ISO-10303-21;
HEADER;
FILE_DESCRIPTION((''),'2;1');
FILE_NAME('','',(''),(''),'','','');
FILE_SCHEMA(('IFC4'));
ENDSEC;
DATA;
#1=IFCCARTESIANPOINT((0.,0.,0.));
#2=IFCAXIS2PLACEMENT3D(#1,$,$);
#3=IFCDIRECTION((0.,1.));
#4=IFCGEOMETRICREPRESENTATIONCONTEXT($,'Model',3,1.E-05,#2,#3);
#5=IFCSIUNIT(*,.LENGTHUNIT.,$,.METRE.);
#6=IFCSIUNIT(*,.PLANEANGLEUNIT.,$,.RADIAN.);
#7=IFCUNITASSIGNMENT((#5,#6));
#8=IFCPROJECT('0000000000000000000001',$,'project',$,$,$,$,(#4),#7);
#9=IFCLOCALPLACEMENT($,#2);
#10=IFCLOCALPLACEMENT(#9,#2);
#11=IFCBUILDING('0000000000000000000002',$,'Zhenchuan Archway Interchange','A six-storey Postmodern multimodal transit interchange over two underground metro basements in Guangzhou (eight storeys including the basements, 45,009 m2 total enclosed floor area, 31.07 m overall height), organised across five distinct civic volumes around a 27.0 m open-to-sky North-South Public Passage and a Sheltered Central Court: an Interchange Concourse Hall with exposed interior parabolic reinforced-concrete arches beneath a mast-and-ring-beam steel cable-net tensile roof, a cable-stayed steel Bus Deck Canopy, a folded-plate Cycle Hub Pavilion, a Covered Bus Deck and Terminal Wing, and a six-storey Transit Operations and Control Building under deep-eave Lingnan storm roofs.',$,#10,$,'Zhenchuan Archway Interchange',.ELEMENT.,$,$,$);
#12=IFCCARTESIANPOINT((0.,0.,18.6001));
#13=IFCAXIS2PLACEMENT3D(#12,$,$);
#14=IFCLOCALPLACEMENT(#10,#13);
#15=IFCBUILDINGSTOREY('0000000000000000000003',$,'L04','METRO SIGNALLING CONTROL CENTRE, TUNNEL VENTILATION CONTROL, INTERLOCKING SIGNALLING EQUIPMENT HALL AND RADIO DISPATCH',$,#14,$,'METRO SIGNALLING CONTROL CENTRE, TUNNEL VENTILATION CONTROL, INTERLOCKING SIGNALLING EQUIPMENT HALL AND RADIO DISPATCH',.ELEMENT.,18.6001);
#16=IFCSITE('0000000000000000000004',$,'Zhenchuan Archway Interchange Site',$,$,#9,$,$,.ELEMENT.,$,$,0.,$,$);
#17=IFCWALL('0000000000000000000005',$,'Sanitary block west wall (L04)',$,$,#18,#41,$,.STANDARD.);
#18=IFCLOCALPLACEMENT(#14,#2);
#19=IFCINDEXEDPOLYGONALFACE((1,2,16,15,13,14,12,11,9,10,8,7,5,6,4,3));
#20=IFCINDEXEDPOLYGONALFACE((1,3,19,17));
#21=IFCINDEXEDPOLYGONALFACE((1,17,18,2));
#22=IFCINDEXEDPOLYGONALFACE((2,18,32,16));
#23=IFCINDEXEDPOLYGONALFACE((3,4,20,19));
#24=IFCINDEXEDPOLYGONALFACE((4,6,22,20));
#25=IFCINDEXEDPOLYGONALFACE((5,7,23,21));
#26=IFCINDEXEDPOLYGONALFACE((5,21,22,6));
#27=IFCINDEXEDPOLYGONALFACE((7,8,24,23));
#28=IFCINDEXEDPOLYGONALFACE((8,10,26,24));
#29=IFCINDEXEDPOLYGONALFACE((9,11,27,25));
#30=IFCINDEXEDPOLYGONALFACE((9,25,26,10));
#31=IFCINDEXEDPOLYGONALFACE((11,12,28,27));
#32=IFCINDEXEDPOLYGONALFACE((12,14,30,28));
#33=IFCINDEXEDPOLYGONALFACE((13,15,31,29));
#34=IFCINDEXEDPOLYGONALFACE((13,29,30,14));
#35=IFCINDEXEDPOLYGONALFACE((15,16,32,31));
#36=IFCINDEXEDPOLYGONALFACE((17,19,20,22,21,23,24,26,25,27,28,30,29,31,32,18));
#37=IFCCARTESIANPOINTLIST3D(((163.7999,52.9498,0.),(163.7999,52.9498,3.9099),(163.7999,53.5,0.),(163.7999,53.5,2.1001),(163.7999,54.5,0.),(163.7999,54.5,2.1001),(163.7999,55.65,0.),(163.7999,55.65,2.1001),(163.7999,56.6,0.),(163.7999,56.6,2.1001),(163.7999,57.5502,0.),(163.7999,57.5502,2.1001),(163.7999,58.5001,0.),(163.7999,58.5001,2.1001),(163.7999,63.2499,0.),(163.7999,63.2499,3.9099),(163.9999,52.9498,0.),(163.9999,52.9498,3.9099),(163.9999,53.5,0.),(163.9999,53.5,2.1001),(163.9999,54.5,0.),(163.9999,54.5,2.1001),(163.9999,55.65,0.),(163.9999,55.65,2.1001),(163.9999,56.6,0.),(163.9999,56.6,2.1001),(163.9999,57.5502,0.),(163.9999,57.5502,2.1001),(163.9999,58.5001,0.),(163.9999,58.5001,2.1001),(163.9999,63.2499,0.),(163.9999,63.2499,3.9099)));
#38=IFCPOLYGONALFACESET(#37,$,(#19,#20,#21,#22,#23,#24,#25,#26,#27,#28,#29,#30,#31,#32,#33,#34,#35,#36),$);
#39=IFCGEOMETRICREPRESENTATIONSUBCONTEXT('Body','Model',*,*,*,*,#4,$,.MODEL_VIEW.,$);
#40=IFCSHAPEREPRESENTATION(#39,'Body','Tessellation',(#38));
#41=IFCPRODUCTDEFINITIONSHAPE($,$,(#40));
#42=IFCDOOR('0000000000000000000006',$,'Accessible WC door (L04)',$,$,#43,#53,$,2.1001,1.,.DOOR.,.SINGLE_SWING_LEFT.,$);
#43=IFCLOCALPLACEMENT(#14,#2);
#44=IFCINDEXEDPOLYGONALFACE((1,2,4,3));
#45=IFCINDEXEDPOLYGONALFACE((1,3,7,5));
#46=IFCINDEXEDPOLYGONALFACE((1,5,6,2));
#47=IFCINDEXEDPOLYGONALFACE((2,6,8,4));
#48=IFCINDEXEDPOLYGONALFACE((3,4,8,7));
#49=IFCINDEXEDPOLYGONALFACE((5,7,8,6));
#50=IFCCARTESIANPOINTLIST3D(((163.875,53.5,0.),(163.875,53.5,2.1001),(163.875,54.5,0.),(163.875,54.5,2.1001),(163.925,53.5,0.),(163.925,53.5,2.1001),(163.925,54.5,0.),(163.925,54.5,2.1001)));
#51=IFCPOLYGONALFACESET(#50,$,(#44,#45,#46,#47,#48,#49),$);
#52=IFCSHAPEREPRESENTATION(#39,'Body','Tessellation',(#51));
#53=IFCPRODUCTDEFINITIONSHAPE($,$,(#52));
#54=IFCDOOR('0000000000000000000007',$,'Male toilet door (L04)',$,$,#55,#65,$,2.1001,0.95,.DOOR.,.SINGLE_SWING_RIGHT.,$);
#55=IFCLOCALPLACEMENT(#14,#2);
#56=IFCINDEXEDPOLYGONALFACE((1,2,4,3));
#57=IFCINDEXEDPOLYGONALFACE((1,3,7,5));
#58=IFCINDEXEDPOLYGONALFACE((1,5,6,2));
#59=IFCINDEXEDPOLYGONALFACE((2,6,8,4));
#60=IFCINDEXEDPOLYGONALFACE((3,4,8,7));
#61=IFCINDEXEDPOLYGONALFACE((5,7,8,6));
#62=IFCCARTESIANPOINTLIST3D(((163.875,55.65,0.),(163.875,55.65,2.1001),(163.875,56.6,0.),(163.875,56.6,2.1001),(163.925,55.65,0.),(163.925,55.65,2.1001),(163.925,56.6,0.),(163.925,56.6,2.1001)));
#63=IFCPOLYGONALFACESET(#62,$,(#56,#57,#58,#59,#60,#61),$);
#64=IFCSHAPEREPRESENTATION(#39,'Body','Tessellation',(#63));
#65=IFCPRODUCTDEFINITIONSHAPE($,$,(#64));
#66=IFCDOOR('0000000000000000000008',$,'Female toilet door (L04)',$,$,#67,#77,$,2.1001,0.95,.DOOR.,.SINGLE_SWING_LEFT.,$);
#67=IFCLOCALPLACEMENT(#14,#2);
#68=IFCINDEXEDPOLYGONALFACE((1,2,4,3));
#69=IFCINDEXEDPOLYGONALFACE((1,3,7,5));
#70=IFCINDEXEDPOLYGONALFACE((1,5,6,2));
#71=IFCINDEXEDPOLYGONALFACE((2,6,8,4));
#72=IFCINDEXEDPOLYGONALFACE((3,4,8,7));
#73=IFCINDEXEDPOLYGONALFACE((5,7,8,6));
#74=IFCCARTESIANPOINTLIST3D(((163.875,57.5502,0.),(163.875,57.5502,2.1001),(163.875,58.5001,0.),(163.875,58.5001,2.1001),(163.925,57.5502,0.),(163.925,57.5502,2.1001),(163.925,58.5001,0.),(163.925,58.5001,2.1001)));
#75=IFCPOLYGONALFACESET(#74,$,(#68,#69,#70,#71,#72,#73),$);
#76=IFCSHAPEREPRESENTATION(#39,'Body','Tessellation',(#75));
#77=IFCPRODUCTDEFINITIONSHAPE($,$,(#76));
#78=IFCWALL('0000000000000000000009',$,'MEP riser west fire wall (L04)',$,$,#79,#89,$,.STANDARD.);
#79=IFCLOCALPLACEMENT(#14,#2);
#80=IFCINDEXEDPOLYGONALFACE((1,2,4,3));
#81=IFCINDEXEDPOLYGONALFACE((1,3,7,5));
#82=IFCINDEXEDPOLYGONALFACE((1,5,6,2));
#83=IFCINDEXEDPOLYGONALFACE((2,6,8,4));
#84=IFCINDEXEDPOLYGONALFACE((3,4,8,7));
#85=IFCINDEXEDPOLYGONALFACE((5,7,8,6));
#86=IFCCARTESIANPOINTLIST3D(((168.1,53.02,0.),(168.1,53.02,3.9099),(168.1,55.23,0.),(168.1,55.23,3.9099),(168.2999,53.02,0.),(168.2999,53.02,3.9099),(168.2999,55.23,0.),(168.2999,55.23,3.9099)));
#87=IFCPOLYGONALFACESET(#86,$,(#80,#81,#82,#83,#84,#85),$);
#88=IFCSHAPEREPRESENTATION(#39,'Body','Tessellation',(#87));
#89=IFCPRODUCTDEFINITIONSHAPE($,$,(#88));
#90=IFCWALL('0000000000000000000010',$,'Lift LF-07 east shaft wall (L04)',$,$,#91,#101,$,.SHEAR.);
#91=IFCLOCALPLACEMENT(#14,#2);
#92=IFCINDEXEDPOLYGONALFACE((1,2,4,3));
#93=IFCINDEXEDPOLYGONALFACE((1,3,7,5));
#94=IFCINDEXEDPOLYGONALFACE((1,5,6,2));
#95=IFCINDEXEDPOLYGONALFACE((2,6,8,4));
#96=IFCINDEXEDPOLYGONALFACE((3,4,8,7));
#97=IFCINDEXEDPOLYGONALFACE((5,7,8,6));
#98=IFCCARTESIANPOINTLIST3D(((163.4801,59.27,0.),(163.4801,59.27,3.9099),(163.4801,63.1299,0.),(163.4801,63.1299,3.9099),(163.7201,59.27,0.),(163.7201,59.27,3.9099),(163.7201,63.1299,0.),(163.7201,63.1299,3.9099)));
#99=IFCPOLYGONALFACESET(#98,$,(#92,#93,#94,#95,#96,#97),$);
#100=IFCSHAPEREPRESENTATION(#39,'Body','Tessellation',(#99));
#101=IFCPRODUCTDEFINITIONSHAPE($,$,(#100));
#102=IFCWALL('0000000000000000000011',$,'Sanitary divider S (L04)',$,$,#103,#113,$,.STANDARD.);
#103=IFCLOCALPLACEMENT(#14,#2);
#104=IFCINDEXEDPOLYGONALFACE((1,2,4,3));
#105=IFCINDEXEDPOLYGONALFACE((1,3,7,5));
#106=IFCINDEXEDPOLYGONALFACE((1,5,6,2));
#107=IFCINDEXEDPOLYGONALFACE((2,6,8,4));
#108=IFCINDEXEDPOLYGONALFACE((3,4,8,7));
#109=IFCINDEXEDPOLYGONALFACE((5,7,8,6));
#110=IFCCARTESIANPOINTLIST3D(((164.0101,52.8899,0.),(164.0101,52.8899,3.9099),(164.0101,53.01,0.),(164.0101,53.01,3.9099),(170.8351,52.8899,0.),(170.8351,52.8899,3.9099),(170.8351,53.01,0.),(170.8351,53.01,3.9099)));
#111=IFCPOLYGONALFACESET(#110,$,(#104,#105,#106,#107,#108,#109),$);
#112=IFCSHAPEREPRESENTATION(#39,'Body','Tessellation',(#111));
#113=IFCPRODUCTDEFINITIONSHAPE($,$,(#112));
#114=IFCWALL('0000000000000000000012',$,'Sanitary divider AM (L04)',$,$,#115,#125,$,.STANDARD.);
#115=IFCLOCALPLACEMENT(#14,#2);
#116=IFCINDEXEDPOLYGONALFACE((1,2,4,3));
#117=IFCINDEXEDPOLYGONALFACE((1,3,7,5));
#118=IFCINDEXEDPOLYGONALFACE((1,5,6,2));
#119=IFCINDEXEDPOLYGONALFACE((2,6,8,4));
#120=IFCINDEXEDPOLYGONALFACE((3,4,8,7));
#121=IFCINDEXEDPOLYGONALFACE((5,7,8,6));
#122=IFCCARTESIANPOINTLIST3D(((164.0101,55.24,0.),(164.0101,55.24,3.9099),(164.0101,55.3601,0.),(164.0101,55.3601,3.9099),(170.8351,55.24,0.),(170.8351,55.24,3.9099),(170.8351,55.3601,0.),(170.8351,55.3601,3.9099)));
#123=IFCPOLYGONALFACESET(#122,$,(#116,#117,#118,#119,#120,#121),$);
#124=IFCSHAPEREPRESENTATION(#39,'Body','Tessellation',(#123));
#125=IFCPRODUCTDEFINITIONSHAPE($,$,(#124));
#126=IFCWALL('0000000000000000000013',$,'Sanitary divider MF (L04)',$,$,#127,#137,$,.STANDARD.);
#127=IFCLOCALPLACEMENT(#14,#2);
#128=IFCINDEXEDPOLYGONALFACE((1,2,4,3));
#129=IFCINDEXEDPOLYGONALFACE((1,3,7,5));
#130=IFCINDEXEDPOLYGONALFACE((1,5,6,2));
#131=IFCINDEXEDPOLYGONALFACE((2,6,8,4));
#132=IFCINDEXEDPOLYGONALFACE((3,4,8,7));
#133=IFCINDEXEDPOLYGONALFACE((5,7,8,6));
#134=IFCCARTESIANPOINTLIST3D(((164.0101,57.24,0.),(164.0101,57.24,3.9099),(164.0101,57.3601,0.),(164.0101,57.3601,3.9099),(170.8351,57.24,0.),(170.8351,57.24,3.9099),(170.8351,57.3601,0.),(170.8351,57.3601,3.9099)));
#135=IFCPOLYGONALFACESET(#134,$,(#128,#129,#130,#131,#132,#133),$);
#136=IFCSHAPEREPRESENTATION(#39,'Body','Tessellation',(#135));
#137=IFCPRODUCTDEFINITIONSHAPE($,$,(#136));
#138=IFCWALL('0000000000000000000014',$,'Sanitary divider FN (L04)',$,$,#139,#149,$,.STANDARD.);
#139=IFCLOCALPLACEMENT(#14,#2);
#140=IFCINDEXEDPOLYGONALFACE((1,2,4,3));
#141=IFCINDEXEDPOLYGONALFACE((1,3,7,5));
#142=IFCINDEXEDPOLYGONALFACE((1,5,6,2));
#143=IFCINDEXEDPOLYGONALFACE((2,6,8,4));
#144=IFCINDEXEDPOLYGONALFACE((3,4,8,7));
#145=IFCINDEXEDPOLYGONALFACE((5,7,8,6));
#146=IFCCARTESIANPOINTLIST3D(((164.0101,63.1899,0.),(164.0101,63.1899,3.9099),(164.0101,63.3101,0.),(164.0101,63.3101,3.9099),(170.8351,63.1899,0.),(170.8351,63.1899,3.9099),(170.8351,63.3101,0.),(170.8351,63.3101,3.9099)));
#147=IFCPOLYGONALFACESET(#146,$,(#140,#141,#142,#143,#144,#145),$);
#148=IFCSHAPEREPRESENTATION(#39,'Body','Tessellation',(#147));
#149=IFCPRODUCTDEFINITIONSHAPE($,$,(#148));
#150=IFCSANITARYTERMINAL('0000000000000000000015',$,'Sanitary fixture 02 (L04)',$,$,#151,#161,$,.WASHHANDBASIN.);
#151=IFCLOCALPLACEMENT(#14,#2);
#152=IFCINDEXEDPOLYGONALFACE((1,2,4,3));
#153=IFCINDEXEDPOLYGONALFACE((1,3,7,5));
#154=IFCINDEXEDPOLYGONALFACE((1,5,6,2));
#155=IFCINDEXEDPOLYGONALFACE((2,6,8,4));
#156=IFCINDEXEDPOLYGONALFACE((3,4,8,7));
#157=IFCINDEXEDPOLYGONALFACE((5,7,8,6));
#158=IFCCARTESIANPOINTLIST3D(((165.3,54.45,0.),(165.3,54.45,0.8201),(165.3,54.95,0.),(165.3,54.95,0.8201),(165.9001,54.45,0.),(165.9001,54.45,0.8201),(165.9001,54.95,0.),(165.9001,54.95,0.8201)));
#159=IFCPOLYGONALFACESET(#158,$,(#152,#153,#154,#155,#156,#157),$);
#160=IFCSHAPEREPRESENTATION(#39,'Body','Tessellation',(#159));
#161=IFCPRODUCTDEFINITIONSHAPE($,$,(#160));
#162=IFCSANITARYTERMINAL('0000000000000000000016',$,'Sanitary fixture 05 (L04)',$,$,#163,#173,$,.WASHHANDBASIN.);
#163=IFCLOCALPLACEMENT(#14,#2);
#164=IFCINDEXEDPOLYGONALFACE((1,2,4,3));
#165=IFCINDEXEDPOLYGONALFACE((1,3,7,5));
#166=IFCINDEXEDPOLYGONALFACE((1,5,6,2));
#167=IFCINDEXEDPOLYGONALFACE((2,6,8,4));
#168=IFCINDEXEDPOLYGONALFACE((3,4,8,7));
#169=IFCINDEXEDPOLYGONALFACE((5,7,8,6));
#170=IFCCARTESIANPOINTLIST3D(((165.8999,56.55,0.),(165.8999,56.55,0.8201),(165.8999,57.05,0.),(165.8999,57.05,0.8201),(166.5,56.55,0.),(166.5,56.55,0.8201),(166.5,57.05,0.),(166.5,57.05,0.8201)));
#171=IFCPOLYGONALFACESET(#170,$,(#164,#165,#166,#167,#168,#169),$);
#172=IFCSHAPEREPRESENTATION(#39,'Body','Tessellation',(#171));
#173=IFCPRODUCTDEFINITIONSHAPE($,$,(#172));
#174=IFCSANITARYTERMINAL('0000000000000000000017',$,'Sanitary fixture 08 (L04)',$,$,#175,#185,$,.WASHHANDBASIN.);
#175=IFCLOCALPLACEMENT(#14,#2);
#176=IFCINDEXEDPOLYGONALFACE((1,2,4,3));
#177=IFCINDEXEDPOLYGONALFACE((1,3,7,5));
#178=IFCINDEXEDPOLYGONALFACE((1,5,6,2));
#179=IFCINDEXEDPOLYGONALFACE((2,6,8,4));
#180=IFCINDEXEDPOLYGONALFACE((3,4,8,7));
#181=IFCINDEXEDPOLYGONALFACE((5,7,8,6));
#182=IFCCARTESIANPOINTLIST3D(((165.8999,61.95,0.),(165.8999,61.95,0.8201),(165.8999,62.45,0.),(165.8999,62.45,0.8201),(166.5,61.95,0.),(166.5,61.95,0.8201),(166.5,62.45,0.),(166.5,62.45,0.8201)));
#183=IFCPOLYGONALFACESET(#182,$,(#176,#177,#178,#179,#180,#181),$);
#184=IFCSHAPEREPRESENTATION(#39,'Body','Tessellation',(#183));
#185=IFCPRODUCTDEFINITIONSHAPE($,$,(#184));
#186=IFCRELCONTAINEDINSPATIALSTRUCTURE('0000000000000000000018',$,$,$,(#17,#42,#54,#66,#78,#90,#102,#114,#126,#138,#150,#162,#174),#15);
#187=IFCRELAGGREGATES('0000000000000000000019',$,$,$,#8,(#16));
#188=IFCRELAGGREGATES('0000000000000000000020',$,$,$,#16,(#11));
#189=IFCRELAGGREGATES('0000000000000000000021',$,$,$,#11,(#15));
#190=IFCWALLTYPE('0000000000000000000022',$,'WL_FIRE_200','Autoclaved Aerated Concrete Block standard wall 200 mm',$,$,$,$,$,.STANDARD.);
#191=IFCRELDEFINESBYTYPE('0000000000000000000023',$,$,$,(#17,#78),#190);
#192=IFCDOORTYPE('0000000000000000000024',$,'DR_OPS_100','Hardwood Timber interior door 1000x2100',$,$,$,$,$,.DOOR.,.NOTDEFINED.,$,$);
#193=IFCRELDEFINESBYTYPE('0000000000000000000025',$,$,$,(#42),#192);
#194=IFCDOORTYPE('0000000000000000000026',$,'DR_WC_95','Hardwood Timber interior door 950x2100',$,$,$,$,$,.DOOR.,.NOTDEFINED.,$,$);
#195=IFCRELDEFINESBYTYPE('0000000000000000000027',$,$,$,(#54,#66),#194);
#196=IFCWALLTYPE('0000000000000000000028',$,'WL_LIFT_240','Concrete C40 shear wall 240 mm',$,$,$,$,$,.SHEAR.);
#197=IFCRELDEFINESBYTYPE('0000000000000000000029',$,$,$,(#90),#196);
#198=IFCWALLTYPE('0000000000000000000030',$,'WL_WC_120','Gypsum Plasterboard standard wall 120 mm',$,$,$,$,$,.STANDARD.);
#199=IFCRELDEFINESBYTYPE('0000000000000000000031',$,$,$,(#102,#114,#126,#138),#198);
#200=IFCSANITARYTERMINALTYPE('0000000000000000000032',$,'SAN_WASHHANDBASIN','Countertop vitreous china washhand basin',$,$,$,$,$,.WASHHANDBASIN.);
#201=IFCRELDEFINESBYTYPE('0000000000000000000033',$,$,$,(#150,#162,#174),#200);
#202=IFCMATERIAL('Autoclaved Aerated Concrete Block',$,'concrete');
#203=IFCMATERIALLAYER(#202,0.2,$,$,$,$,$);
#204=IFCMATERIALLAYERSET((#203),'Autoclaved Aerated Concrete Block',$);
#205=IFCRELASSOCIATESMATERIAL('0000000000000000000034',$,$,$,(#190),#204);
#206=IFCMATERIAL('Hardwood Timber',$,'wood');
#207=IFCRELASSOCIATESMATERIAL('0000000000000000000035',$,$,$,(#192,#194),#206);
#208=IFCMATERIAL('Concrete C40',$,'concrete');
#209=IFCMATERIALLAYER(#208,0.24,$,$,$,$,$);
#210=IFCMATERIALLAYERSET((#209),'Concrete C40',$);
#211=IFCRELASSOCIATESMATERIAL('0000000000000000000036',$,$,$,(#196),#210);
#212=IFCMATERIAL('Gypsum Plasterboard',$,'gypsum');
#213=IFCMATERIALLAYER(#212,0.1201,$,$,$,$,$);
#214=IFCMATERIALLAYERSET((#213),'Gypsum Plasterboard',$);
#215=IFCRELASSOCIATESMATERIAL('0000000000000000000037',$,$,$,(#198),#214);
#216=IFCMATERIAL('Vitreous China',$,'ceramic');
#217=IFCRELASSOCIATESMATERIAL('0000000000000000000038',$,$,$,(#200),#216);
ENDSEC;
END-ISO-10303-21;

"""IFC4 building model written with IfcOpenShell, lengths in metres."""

from ifc_helpers import new_model, si_unit, direction, frame, frame_2d, origin, origin_2d, place, context, subcontext, project, spatial, rectangle, extrude, material, layer, layer_set, type_object, element, fill, save


model = new_model("IFC4")

# Units and contexts
model_context = context("Model", 3, precision=1e-05, world=origin(), true_north=direction((0.0, 1.0)))
body_context = subcontext(model_context, "Body", "Model", "MODEL_VIEW")
ifc_project = project(units=[si_unit("LENGTHUNIT", "METRE"), si_unit("PLANEANGLEUNIT", "RADIAN")], contexts=[model_context])

# Site, building, storey
site_placement = place(None, origin())
site = spatial("IfcSite", under=ifc_project, at=site_placement, Name="Zhenchuan Archway Interchange Site", CompositionType="ELEMENT", RefElevation=0.0)
building_placement = place(site_placement, origin())
building = spatial("IfcBuilding", under=site, at=building_placement, Name="Zhenchuan Archway Interchange", Description="A six-storey Postmodern multimodal transit interchange over two underground metro basements in Guangzhou (eight storeys including the basements, 45,009 m2 total enclosed floor area, 31.07 m overall height), organised across five distinct civic volumes around a 27.0 m open-to-sky North-South Public Passage and a Sheltered Central Court: an Interchange Concourse Hall with exposed interior parabolic reinforced-concrete arches beneath a mast-and-ring-beam steel cable-net tensile roof, a cable-stayed steel Bus Deck Canopy, a folded-plate Cycle Hub Pavilion, a Covered Bus Deck and Terminal Wing, and a six-storey Transit Operations and Control Building under deep-eave Lingnan storm roofs.", LongName="Zhenchuan Archway Interchange", CompositionType="ELEMENT")
storey_placement = place(building_placement, frame((0.0, 0.0, 18.6001)))
storey = spatial("IfcBuildingStorey", under=building, at=storey_placement, Name="L04", Description="METRO SIGNALLING CONTROL CENTRE, TUNNEL VENTILATION CONTROL, INTERLOCKING SIGNALLING EQUIPMENT HALL AND RADIO DISPATCH", LongName="METRO SIGNALLING CONTROL CENTRE, TUNNEL VENTILATION CONTROL, INTERLOCKING SIGNALLING EQUIPMENT HALL AND RADIO DISPATCH", CompositionType="ELEMENT", Elevation=18.6001)

# Shared definitions
ifc_material_1 = material(Name="Concrete C40", Category="concrete")

# Wall, openings, doors
ifc_material_2 = material(Name="Autoclaved Aerated Concrete Block", Category="concrete")
ifc_layer_1 = layer(ifc_material_2, 0.2)
ifc_layer_set_1 = layer_set([ifc_layer_1], Name="Autoclaved Aerated Concrete Block")
wall_type_1 = type_object("IfcWallType", Name="WL_FIRE_200", Description="Autoclaved Aerated Concrete Block standard wall 200 mm", PredefinedType="STANDARD", material=ifc_layer_set_1)
wall_1_placement = place(storey_placement, frame((163.8999, 52.95, 0.0), z_axis=(0.0, 0.0, 1.0), x_axis=(0.0, 1.0, 0.0)))
wall_1 = element("IfcWall", 1, at=wall_1_placement, inside=storey, type_object=wall_type_1, Name="Sanitary block west wall (L04)", PredefinedType="STANDARD", context=body_context, shape_type="SweptSolid", body=[
    extrude(rectangle(XDim=10.3, YDim=0.2, at=frame_2d((5.1499, 0.0))), origin(), (0.0, 0.0, 1.0), 3.9099),
])
opening_1_placement = place(wall_1_placement, frame((0.55, 0.0, 0.0)))
opening_1 = element("IfcOpeningElement", 2, at=opening_1_placement, cuts=wall_1, PredefinedType="OPENING", context=body_context, shape_type="SweptSolid", body=[
    extrude(rectangle(XDim=1.0, YDim=2.1001, at=frame_2d((0.5, 1.05))), frame((0.0, 0.1118, 0.0), z_axis=(0.0, -1.0, 0.0), x_axis=(1.0, 0.0, 0.0)), (0.0, 0.0, 1.0), 0.2239),
])
opening_2_placement = place(wall_1_placement, frame((2.7, 0.0, 0.0)))
opening_2 = element("IfcOpeningElement", 3, at=opening_2_placement, cuts=wall_1, PredefinedType="OPENING", context=body_context, shape_type="SweptSolid", body=[
    extrude(rectangle(XDim=0.95, YDim=2.1001, at=frame_2d((0.4751, 1.05))), frame((0.0, 0.1118, 0.0), z_axis=(0.0, -1.0, 0.0), x_axis=(1.0, 0.0, 0.0)), (0.0, 0.0, 1.0), 0.2239),
])
opening_3_placement = place(wall_1_placement, frame((4.6001, 0.0, 0.0)))
opening_3 = element("IfcOpeningElement", 4, at=opening_3_placement, cuts=wall_1, PredefinedType="OPENING", context=body_context, shape_type="SweptSolid", body=[
    extrude(rectangle(XDim=0.95, YDim=2.1001, at=frame_2d((0.4751, 1.05))), frame((0.0, 0.1118, 0.0), z_axis=(0.0, -1.0, 0.0), x_axis=(1.0, 0.0, 0.0)), (0.0, 0.0, 1.0), 0.2239),
])
ifc_material_3 = material(Name="Hardwood Timber", Category="wood")
door_type_1 = type_object("IfcDoorType", Name="DR_OPS_100", Description="Hardwood Timber interior door 1000x2100", OperationType="NOTDEFINED", PredefinedType="DOOR", material=ifc_material_3)
door_1_placement = place(opening_1_placement, origin())
door_1 = element("IfcDoor", 5, at=door_1_placement, inside=storey, type_object=door_type_1, Name="Accessible WC door (L04)", OperationType="SINGLE_SWING_LEFT", OverallHeight=2.1001, OverallWidth=1.0, PredefinedType="DOOR", context=body_context, shape_type="SweptSolid", body=[
    extrude(rectangle(XDim=1.0, YDim=2.1001, at=frame_2d((0.5, 1.05))), frame((0.0, 0.0249, 0.0), z_axis=(0.0, -1.0, 0.0), x_axis=(1.0, 0.0, 0.0)), (0.0, 0.0, 1.0), 0.05),
])
fill(opening_1, door_1)
door_type_2 = type_object("IfcDoorType", Name="DR_WC_95", Description="Hardwood Timber interior door 950x2100", OperationType="NOTDEFINED", PredefinedType="DOOR", material=ifc_material_3)
door_2_placement = place(opening_2_placement, origin())
door_2 = element("IfcDoor", 6, at=door_2_placement, inside=storey, type_object=door_type_2, Name="Male toilet door (L04)", OperationType="SINGLE_SWING_RIGHT", OverallHeight=2.1001, OverallWidth=0.95, PredefinedType="DOOR", context=body_context, shape_type="SweptSolid", body=[
    extrude(rectangle(XDim=0.95, YDim=2.1001, at=frame_2d((0.4751, 1.05))), frame((0.0, 0.0249, 0.0), z_axis=(0.0, -1.0, 0.0), x_axis=(1.0, 0.0, 0.0)), (0.0, 0.0, 1.0), 0.05),
])
fill(opening_2, door_2)
door_3_placement = place(opening_3_placement, origin())
door_3 = element("IfcDoor", 7, at=door_3_placement, inside=storey, type_object=door_type_2, Name="Female toilet door (L04)", OperationType="SINGLE_SWING_LEFT", OverallHeight=2.1001, OverallWidth=0.95, PredefinedType="DOOR", context=body_context, shape_type="SweptSolid", body=[
    extrude(rectangle(XDim=0.95, YDim=2.1001, at=frame_2d((0.4751, 1.05))), frame((0.0, 0.0249, 0.0), z_axis=(0.0, -1.0, 0.0), x_axis=(1.0, 0.0, 0.0)), (0.0, 0.0, 1.0), 0.05),
])
fill(opening_3, door_3)

# Walls
wall_2_placement = place(storey_placement, frame((168.2, 53.02, 0.0), z_axis=(0.0, 0.0, 1.0), x_axis=(0.0, 1.0, 0.0)))
element("IfcWall", 8, at=wall_2_placement, inside=storey, type_object=wall_type_1, Name="MEP riser west fire wall (L04)", PredefinedType="STANDARD", context=body_context, shape_type="SweptSolid", body=[
    extrude(rectangle(XDim=2.21, YDim=0.2, at=frame_2d((1.105, 0.0))), origin(), (0.0, 0.0, 1.0), 3.9099),
])
ifc_layer_2 = layer(ifc_material_1, 0.24)
ifc_layer_set_2 = layer_set([ifc_layer_2], Name="Concrete C40")
wall_type_2 = type_object("IfcWallType", Name="WL_LIFT_240", Description="Concrete C40 shear wall 240 mm", PredefinedType="SHEAR", material=ifc_layer_set_2)
wall_3_placement = place(storey_placement, frame((163.6001, 59.27, 0.0), z_axis=(0.0, 0.0, 1.0), x_axis=(0.0, 1.0, 0.0)))
element("IfcWall", 9, at=wall_3_placement, inside=storey, type_object=wall_type_2, Name="Lift LF-07 east shaft wall (L04)", PredefinedType="SHEAR", context=body_context, shape_type="SweptSolid", body=[
    extrude(rectangle(XDim=3.8599, YDim=0.24, at=frame_2d((1.9299, 0.0))), origin(), (0.0, 0.0, 1.0), 3.9099),
])
ifc_material_4 = material(Name="Gypsum Plasterboard", Category="gypsum")
ifc_layer_3 = layer(ifc_material_4, 0.1201)
ifc_layer_set_3 = layer_set([ifc_layer_3], Name="Gypsum Plasterboard")
wall_type_3 = type_object("IfcWallType", Name="WL_WC_120", Description="Gypsum Plasterboard standard wall 120 mm", PredefinedType="STANDARD", material=ifc_layer_set_3)
for number, where, z_axis, x_axis, name in (
    (10, (164.01, 52.95, 0.0), (0.0, 0.0, 1.0), (1.0, 0.0, 0.0), "Sanitary divider S (L04)"),
    (11, (164.01, 55.3, 0.0), (0.0, 0.0, 1.0), (1.0, 0.0, 0.0), "Sanitary divider AM (L04)"),
    (12, (164.01, 57.3, 0.0), (0.0, 0.0, 1.0), (1.0, 0.0, 0.0), "Sanitary divider MF (L04)"),
    (13, (164.01, 63.25, 0.0), (0.0, 0.0, 1.0), (1.0, 0.0, 0.0), "Sanitary divider FN (L04)"),
):
    element("IfcWall", number, at=place(storey_placement, frame(where, z_axis=z_axis, x_axis=x_axis)), inside=storey, type_object=wall_type_3, Name=name, PredefinedType="STANDARD", context=body_context, shape_type="SweptSolid", body=[
        extrude(rectangle(XDim=6.825, YDim=0.1201, at=frame_2d((3.4126, 0.0))), origin(), (0.0, 0.0, 1.0), 3.9099),
    ])

# Sanitary terminals
ifc_material_5 = material(Name="Vitreous China", Category="ceramic")
sanitary_terminal_type_1 = type_object("IfcSanitaryTerminalType", Name="SAN_WASHHANDBASIN", Description="Countertop vitreous china washhand basin", PredefinedType="WASHHANDBASIN", material=ifc_material_5)
for number, where, z_axis, x_axis, name in (
    (14, (165.6001, 54.7, 0.0), (0.0, 0.0, 1.0), (1.0, 0.0, 0.0), "Sanitary fixture 02 (L04)"),
    (15, (166.2, 56.8, 0.0), (0.0, 0.0, 1.0), (1.0, 0.0, 0.0), "Sanitary fixture 05 (L04)"),
    (16, (166.2, 62.2, 0.0), (0.0, 0.0, 1.0), (1.0, 0.0, 0.0), "Sanitary fixture 08 (L04)"),
):
    element("IfcSanitaryTerminal", number, at=place(storey_placement, frame(where, z_axis=z_axis, x_axis=x_axis)), inside=storey, type_object=sanitary_terminal_type_1, Name=name, PredefinedType="WASHHANDBASIN", context=body_context, shape_type="SweptSolid", body=[
        extrude(rectangle(XDim=0.6001, YDim=0.5, at=origin_2d()), origin(), (0.0, 0.0, 1.0), 0.8201),
    ])

save(model, "model.ifc")
